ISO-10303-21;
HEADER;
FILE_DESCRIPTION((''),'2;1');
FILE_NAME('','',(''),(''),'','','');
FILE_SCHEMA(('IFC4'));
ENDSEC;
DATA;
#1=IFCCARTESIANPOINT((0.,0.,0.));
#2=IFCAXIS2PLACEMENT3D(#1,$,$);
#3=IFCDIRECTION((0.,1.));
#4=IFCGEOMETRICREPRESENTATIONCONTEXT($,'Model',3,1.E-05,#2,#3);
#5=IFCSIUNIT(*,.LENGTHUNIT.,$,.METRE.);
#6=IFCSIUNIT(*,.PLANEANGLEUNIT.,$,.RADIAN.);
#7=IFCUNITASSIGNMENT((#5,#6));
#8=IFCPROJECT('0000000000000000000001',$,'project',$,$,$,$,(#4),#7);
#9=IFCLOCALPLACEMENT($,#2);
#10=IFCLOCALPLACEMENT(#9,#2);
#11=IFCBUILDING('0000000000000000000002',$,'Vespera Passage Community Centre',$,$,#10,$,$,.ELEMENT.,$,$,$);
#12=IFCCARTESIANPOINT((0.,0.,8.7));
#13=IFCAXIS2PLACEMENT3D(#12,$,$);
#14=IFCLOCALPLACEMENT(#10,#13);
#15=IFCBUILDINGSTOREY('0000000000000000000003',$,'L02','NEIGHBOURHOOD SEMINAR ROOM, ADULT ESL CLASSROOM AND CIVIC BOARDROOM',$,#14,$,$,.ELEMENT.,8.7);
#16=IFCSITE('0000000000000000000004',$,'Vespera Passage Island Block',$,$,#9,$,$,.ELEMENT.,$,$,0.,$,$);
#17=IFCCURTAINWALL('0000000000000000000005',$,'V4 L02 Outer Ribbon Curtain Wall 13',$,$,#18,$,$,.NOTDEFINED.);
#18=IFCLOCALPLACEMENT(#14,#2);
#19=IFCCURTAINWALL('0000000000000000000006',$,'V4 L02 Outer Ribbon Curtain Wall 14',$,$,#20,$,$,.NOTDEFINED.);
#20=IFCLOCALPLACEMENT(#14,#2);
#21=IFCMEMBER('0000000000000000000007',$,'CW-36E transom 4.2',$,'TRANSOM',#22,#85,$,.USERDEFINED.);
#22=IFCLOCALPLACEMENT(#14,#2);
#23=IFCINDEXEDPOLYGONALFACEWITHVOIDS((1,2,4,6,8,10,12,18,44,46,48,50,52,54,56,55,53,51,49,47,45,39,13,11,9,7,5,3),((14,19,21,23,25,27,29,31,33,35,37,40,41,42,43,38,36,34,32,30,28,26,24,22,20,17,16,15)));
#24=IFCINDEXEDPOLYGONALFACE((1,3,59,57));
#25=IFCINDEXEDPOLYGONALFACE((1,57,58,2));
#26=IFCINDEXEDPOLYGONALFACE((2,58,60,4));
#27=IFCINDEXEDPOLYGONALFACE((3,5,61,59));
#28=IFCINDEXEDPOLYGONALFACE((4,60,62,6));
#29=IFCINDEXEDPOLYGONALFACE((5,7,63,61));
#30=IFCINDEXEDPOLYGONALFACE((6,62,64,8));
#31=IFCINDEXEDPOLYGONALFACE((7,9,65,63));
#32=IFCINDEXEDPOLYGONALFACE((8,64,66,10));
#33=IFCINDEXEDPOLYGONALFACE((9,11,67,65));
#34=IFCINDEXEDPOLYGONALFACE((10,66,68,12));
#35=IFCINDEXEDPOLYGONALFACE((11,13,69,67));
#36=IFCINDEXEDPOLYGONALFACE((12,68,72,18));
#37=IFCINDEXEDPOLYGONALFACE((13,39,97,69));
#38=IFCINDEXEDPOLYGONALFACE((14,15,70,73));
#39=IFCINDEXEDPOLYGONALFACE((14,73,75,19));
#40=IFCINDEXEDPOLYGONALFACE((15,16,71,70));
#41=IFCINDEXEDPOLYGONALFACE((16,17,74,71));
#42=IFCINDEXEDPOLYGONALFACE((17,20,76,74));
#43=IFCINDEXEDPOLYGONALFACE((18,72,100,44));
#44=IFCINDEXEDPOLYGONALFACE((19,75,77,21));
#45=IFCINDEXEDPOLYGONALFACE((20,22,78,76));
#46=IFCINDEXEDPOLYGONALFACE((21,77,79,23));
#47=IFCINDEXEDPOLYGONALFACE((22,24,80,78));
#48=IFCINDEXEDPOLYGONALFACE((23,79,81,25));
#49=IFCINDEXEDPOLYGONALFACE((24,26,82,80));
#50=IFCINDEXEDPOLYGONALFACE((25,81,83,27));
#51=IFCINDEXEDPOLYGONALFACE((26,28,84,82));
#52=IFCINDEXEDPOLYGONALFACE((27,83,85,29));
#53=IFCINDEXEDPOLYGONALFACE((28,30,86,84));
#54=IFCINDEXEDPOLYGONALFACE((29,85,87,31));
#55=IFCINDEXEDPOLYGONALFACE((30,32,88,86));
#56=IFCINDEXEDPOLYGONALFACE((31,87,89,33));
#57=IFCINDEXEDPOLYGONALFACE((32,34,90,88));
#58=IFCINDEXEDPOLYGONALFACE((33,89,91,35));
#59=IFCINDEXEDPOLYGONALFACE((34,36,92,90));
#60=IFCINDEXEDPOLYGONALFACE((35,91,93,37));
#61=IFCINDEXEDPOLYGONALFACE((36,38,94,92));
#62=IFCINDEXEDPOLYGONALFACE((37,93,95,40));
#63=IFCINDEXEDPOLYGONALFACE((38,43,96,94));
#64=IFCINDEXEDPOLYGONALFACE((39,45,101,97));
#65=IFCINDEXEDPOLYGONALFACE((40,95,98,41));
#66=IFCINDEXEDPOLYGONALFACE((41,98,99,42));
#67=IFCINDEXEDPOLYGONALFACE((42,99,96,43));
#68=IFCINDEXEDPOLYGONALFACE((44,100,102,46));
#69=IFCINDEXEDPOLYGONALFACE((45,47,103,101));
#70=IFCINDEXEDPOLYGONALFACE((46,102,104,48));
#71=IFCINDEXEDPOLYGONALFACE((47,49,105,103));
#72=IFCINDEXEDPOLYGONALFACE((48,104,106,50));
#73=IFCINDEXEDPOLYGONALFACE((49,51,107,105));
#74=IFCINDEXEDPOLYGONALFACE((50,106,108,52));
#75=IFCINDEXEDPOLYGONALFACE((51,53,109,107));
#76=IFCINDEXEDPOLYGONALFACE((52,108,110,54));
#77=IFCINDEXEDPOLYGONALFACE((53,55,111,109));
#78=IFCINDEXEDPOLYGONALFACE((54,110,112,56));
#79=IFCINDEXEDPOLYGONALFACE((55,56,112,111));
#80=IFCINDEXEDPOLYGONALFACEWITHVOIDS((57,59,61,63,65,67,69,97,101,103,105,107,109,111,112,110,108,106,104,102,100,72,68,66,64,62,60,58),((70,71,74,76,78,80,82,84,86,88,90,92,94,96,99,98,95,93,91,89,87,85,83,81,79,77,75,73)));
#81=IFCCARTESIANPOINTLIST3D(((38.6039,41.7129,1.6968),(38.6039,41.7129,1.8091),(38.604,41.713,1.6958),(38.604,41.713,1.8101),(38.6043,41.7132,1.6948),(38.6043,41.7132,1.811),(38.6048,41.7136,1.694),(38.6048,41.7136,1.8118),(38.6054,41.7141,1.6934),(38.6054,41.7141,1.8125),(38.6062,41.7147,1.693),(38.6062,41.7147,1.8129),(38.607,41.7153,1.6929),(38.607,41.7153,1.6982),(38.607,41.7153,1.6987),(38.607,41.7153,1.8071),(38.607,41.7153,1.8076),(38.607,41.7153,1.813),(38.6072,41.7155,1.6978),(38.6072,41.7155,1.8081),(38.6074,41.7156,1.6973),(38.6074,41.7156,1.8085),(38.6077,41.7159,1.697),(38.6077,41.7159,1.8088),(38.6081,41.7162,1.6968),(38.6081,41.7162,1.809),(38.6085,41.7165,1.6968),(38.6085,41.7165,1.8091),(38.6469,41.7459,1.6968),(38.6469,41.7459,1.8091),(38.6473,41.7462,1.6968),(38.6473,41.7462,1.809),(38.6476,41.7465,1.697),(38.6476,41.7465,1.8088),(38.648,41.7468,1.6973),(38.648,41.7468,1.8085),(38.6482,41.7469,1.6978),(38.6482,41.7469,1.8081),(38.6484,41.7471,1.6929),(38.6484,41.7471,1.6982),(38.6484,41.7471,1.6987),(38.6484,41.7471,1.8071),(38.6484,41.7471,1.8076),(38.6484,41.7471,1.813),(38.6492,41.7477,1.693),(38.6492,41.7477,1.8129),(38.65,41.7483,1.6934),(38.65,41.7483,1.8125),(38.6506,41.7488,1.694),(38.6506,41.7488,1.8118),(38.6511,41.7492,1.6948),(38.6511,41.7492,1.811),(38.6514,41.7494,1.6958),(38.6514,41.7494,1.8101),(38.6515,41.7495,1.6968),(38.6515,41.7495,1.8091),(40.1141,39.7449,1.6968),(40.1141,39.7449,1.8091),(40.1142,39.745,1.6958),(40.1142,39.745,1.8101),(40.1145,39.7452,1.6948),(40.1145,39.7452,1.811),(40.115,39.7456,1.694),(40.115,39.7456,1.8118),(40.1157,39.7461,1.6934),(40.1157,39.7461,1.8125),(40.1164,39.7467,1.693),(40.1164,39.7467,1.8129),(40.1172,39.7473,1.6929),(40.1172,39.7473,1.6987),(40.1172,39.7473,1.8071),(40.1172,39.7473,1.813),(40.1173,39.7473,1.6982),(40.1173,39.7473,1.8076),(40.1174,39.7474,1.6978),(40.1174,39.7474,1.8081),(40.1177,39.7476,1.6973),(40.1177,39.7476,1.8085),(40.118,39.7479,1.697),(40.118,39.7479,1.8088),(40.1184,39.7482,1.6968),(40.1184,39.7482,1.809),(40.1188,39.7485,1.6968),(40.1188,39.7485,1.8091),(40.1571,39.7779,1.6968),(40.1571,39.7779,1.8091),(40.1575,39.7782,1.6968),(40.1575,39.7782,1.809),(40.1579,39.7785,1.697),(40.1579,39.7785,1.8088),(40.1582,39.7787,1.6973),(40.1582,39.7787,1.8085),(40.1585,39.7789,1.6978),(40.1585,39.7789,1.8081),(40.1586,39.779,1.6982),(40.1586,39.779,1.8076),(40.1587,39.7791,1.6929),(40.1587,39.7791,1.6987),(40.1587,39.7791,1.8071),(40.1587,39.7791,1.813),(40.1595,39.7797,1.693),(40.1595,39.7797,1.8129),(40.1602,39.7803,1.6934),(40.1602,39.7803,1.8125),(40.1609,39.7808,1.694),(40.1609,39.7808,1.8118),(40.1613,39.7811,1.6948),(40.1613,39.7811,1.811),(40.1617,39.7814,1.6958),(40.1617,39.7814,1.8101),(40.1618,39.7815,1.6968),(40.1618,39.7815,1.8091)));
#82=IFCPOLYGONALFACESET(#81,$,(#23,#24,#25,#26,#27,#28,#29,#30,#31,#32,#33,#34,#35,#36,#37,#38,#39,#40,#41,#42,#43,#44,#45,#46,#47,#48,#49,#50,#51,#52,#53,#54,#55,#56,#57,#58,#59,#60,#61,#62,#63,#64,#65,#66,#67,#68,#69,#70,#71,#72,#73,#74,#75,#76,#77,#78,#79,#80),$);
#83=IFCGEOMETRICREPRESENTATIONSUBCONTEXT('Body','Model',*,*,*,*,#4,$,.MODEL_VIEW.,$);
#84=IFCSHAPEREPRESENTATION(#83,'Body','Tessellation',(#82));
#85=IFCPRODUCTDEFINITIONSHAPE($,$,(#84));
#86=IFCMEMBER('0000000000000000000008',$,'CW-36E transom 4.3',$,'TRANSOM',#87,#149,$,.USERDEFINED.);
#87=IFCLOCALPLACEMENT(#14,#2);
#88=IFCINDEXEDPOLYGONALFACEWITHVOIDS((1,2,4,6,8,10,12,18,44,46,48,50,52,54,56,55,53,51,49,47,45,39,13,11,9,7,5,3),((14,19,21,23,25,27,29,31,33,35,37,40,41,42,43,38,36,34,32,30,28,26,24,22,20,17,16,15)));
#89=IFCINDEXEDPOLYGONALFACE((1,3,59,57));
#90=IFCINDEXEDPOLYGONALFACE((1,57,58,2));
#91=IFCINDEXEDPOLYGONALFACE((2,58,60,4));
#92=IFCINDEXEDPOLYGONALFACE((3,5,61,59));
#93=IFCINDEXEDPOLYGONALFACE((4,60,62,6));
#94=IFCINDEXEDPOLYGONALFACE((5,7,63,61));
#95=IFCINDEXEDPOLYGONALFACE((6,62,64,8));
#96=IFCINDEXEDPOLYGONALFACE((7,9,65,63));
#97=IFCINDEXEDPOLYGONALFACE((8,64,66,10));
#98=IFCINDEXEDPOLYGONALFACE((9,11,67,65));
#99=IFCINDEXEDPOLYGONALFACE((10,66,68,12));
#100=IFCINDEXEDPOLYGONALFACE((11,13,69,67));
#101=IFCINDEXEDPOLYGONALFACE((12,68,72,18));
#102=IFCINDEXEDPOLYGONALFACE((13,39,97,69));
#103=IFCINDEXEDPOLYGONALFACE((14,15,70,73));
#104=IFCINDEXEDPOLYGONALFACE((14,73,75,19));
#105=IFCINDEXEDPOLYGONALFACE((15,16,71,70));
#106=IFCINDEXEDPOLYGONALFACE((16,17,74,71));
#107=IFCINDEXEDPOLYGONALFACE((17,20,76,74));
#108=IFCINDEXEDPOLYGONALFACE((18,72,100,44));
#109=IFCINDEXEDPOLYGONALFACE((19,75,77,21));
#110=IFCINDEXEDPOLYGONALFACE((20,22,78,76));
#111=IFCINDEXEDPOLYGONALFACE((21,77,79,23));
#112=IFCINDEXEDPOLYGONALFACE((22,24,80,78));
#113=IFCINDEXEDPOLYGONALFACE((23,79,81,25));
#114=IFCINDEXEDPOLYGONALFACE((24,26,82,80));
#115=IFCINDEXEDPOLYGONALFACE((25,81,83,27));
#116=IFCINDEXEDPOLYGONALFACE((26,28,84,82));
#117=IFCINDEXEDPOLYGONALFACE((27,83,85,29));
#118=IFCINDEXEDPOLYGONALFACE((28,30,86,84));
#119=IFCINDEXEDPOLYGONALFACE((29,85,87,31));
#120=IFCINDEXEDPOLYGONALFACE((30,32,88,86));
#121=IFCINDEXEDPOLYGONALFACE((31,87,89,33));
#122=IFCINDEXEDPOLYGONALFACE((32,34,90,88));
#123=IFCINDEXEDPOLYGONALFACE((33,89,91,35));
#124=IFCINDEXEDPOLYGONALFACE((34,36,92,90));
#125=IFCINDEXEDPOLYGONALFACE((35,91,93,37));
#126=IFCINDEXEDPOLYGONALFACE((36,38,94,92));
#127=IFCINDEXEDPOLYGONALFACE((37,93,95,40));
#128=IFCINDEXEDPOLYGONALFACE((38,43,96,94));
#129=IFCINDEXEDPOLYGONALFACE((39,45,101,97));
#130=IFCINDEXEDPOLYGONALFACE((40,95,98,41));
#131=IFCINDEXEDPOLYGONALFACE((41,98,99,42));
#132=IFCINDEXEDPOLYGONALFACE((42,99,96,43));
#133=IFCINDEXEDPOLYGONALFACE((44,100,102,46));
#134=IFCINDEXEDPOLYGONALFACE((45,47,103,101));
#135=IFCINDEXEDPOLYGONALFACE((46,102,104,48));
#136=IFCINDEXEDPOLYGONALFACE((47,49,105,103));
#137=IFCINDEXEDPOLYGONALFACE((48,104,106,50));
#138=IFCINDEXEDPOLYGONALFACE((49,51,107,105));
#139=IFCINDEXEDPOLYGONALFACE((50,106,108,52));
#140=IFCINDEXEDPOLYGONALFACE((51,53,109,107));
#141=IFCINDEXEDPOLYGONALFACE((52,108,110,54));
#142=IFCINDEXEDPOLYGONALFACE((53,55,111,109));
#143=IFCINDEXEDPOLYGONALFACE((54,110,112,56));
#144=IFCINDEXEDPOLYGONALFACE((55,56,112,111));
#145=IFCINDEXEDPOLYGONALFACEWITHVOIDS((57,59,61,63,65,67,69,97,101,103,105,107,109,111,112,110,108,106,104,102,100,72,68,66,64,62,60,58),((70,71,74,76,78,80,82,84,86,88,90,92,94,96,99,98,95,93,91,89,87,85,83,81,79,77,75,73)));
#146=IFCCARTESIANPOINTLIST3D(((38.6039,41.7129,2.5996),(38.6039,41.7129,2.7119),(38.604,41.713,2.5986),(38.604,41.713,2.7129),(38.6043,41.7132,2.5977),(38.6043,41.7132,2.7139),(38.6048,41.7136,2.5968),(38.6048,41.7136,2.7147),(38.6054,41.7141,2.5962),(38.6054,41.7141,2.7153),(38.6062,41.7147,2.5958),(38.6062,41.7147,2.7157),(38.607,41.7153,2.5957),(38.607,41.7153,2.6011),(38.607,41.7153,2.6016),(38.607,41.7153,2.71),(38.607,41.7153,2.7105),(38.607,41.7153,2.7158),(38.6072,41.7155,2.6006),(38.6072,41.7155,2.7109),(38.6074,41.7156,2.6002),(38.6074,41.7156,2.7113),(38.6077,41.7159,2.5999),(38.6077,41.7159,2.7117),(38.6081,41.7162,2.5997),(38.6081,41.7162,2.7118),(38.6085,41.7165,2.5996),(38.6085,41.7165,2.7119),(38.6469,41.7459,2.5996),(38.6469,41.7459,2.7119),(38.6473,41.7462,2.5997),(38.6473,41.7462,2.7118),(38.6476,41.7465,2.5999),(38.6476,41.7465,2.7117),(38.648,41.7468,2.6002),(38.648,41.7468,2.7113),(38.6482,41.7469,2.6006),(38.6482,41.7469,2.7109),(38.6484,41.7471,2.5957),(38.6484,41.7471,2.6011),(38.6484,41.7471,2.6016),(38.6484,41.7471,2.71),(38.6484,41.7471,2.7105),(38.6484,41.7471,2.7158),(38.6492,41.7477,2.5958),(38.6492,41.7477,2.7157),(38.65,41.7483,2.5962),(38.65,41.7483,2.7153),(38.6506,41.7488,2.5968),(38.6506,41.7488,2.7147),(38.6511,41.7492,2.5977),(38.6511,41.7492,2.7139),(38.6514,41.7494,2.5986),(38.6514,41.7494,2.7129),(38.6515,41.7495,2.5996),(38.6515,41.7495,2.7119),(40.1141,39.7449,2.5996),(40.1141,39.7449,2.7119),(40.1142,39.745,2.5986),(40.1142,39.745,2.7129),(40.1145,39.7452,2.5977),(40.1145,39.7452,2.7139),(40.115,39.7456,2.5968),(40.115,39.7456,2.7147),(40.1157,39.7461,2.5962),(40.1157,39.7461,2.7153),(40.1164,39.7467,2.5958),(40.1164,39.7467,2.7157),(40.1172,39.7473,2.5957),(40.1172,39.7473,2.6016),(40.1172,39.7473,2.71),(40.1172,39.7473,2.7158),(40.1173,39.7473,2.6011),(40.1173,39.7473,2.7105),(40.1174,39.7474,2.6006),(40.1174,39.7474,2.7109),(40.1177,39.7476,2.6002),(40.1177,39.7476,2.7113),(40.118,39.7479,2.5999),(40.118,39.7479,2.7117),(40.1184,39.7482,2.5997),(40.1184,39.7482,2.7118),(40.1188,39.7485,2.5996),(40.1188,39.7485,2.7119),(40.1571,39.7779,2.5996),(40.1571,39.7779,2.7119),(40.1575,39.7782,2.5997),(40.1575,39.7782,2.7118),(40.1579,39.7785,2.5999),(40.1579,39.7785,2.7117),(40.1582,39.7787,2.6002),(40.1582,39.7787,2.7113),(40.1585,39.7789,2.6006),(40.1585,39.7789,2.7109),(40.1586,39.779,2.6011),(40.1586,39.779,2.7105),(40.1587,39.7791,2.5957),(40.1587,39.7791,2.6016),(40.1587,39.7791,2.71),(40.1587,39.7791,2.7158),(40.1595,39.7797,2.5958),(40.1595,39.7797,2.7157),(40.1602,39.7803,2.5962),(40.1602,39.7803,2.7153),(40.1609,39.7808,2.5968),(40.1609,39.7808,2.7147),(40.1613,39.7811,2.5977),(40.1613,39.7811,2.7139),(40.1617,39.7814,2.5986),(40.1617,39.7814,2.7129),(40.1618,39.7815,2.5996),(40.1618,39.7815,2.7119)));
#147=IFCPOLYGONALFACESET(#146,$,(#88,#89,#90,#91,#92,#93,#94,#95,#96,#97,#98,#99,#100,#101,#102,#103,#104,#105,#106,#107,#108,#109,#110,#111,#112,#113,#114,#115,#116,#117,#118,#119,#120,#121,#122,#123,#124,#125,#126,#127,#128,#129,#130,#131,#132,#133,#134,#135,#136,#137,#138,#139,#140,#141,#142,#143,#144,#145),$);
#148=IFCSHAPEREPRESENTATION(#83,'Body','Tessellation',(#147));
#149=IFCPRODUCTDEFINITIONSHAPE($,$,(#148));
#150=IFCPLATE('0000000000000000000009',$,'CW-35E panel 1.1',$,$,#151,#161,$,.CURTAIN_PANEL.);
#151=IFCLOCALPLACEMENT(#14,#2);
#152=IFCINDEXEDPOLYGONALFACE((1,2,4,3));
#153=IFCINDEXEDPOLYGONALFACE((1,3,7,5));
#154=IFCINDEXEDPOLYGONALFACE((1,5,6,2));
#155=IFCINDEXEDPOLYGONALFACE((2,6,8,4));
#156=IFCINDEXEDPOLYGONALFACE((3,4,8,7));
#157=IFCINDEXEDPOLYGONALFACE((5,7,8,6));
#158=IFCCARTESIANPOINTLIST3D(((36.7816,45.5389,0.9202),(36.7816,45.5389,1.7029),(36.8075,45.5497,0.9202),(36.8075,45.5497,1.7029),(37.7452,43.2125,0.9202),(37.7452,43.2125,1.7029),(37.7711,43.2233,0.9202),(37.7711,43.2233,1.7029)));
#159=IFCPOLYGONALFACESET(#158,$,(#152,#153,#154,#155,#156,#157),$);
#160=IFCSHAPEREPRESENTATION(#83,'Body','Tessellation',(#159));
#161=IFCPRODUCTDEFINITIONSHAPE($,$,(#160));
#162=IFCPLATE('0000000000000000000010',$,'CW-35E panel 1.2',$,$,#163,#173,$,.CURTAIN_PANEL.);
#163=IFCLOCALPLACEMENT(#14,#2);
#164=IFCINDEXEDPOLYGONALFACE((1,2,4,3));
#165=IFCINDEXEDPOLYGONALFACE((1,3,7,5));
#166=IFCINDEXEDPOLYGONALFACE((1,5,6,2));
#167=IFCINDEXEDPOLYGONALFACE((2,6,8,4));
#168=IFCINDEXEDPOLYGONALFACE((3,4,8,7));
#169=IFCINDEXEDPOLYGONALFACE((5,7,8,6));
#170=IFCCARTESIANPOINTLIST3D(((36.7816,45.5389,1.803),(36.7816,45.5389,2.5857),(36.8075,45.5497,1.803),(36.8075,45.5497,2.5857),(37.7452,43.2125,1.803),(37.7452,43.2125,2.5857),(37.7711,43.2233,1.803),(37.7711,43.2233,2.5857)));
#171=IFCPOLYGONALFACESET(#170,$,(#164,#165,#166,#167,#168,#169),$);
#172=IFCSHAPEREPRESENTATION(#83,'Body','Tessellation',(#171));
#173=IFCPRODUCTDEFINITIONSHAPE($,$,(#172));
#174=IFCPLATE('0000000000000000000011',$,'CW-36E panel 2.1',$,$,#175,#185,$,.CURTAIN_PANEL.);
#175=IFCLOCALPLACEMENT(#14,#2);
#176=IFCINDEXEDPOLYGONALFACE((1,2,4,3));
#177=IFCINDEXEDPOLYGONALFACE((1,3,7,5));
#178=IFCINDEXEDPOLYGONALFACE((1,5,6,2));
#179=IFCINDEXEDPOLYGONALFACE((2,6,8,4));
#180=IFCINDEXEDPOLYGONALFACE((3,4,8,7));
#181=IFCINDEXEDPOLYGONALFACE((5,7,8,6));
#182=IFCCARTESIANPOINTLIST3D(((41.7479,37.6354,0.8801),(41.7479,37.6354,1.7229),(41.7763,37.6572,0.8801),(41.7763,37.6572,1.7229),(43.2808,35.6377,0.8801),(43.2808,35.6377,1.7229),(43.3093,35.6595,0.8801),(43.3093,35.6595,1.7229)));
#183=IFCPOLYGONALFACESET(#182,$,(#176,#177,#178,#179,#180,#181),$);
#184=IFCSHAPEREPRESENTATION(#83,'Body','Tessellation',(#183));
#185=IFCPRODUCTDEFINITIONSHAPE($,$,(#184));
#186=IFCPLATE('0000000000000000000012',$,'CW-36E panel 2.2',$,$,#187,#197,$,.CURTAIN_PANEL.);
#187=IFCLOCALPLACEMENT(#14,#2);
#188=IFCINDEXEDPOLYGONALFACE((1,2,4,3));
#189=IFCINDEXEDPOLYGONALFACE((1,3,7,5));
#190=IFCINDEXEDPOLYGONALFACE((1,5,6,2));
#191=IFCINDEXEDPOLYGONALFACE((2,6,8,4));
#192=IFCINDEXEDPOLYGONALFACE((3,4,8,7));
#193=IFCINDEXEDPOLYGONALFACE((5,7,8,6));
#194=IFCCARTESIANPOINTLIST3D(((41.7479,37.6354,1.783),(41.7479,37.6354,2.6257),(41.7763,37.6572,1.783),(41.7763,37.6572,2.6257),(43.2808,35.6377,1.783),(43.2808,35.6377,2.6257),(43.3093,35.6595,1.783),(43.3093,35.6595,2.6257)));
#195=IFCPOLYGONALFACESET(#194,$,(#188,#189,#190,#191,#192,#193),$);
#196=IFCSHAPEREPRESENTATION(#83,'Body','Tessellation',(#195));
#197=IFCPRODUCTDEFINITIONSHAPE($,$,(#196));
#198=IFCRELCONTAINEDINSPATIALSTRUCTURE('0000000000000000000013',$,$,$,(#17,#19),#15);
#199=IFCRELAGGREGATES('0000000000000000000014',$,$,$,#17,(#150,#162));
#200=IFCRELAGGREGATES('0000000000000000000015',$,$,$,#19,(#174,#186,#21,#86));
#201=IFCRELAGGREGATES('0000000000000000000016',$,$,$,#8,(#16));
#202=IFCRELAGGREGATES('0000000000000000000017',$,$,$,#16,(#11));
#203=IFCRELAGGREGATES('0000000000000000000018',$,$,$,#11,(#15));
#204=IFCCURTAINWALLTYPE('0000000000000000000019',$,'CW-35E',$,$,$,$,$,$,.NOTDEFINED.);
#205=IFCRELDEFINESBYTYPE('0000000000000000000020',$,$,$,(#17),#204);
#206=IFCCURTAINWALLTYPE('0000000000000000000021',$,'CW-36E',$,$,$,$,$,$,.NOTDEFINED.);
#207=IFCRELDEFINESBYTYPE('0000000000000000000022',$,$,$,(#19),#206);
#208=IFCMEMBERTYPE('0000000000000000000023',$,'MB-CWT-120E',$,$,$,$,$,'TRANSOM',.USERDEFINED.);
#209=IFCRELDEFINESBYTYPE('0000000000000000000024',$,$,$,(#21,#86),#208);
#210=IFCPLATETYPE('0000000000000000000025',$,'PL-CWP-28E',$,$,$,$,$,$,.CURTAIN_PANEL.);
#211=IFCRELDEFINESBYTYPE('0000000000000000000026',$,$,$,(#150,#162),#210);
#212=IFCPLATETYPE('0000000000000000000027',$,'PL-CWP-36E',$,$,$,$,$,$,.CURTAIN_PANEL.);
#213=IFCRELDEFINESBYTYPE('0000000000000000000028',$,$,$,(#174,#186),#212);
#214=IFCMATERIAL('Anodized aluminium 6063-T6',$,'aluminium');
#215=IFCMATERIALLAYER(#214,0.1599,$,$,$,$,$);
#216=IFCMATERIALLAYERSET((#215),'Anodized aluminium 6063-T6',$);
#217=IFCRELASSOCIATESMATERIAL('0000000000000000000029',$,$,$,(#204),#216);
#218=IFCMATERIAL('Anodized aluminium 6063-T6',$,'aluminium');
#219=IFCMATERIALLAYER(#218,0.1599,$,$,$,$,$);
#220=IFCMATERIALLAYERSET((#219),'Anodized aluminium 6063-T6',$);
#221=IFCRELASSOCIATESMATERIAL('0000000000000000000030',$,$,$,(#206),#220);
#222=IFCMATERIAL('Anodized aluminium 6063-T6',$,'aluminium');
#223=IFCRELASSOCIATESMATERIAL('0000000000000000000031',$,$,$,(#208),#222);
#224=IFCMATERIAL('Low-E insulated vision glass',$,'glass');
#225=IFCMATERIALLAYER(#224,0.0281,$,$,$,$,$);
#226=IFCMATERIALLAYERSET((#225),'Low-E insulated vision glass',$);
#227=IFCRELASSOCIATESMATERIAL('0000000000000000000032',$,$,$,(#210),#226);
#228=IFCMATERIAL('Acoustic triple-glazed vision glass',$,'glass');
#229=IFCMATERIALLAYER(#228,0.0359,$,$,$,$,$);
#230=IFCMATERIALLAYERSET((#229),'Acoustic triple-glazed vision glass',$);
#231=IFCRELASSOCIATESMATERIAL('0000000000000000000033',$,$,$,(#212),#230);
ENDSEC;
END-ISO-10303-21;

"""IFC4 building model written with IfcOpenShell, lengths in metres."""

from ifc_helpers import new_model, si_unit, direction, frame, origin, origin_2d, place, context, subcontext, project, spatial, rectangle, hollow_rectangle, extrude, material, layer, layer_set, material_profile, profile_set, type_object, element, aggregate, save


model = new_model("IFC4")

# Units and contexts
model_context = context("Model", 3, precision=1e-05, world=origin(), true_north=direction((0.0, 1.0)))
body_context = subcontext(model_context, "Body", "Model", "MODEL_VIEW")
ifc_project = project(units=[si_unit("LENGTHUNIT", "METRE"), si_unit("PLANEANGLEUNIT", "RADIAN")], contexts=[model_context])

# Site, building, storey
site_placement = place(None, origin())
site = spatial("IfcSite", under=ifc_project, at=site_placement, Name="Vespera Passage Island Block", CompositionType="ELEMENT", RefElevation=0.0)
building_placement = place(site_placement, origin())
building = spatial("IfcBuilding", under=site, at=building_placement, Name="Vespera Passage Community Centre", CompositionType="ELEMENT")
storey_placement = place(building_placement, frame((0.0, 0.0, 8.7)))
storey = spatial("IfcBuildingStorey", under=building, at=storey_placement, Name="L02", Description="NEIGHBOURHOOD SEMINAR ROOM, ADULT ESL CLASSROOM AND CIVIC BOARDROOM", CompositionType="ELEMENT", Elevation=8.7)

# Curtain walls
ifc_material_1 = material(Name="Anodized aluminium 6063-T6", Category="aluminium")
ifc_layer_1 = layer(ifc_material_1, 0.1599)
ifc_layer_set_1 = layer_set([ifc_layer_1], Name="Anodized aluminium 6063-T6")
curtain_wall_type_1 = type_object("IfcCurtainWallType", Name="CW-35E", PredefinedType="NOTDEFINED", material=ifc_layer_set_1)
curtain_wall_1_placement = place(storey_placement, origin())
curtain_wall_1 = element("IfcCurtainWall", 1, at=curtain_wall_1_placement, inside=storey, type_object=curtain_wall_type_1, Name="V4 L02 Outer Ribbon Curtain Wall 13", PredefinedType="NOTDEFINED")
ifc_material_2 = material(Name="Anodized aluminium 6063-T6", Category="aluminium")
ifc_layer_2 = layer(ifc_material_2, 0.1599)
ifc_layer_set_2 = layer_set([ifc_layer_2], Name="Anodized aluminium 6063-T6")
curtain_wall_type_2 = type_object("IfcCurtainWallType", Name="CW-36E", PredefinedType="NOTDEFINED", material=ifc_layer_set_2)
curtain_wall_2_placement = place(storey_placement, origin())
curtain_wall_2 = element("IfcCurtainWall", 2, at=curtain_wall_2_placement, inside=storey, type_object=curtain_wall_type_2, Name="V4 L02 Outer Ribbon Curtain Wall 14", PredefinedType="NOTDEFINED")

# Members
ifc_material_3 = material(Name="Anodized aluminium 6063-T6", Category="aluminium")
ifc_material_profile_1 = material_profile(ifc_material_3, hollow_rectangle(XDim=0.0601, YDim=0.1201, WallThickness=0.0039, InnerFilletRadius=0.002, OuterFilletRadius=0.0039, at=origin_2d()), Name="ALU120X60X4")
ifc_profile_set_1 = profile_set([ifc_material_profile_1], Name="Anodized aluminium 6063-T6")
member_type_1 = type_object("IfcMemberType", Name="MB-CWT-120E", ElementType="TRANSOM", PredefinedType="USERDEFINED", material=ifc_profile_set_1)
member_1_placement = place(storey_placement, frame((40.1379, 39.7632, 1.7529), z_axis=(-0.608797, 0.793326, 0.0), x_axis=(-0.793326, -0.608797, 0.0)))
member_1 = element("IfcMember", 3, at=member_1_placement, type_object=member_type_1, Name="CW-36E transom 4.2", ObjectType="TRANSOM", PredefinedType="USERDEFINED", context=body_context, shape_type="SweptSolid", body=[
    extrude(hollow_rectangle(XDim=0.0601, YDim=0.1201, WallThickness=0.0039, InnerFilletRadius=0.002, OuterFilletRadius=0.0039, at=origin_2d()), origin(), (0.0, 0.0, 1.0), 2.4807),
])
member_2_placement = place(storey_placement, frame((40.1379, 39.7632, 2.6558), z_axis=(-0.608797, 0.793326, 0.0), x_axis=(-0.793326, -0.608797, 0.0)))
member_2 = element("IfcMember", 4, at=member_2_placement, type_object=member_type_1, Name="CW-36E transom 4.3", ObjectType="TRANSOM", PredefinedType="USERDEFINED", context=body_context, shape_type="SweptSolid", body=[
    extrude(hollow_rectangle(XDim=0.0601, YDim=0.1201, WallThickness=0.0039, InnerFilletRadius=0.002, OuterFilletRadius=0.0039, at=origin_2d()), origin(), (0.0, 0.0, 1.0), 2.4807),
])

# Plates
ifc_material_4 = material(Name="Low-E insulated vision glass", Category="glass")
ifc_layer_3 = layer(ifc_material_4, 0.0281)
ifc_layer_set_3 = layer_set([ifc_layer_3], Name="Low-E insulated vision glass")
plate_type_1 = type_object("IfcPlateType", Name="PL-CWP-28E", PredefinedType="CURTAIN_PANEL", material=ifc_layer_set_3)
plate_1_placement = place(storey_placement, frame((37.2764, 44.3811, 0.9202), z_axis=(0.0, 0.0, 1.0), x_axis=(-0.382679, 0.923881, 0.0)))
plate_1 = element("IfcPlate", 5, at=plate_1_placement, type_object=plate_type_1, Name="CW-35E panel 1.1", PredefinedType="CURTAIN_PANEL", context=body_context, shape_type="SweptSolid", body=[
    extrude(rectangle(XDim=2.5181, YDim=0.0281, at=origin_2d()), origin(), (0.0, 0.0, 1.0), 0.7827),
])
plate_2_placement = place(storey_placement, frame((37.2764, 44.3811, 1.803), z_axis=(0.0, 0.0, 1.0), x_axis=(-0.382679, 0.923881, 0.0)))
plate_2 = element("IfcPlate", 6, at=plate_2_placement, type_object=plate_type_1, Name="CW-35E panel 1.2", PredefinedType="CURTAIN_PANEL", context=body_context, shape_type="SweptSolid", body=[
    extrude(rectangle(XDim=2.5181, YDim=0.0281, at=origin_2d()), origin(), (0.0, 0.0, 1.0), 0.7827),
])
aggregate(curtain_wall_1, [plate_1, plate_2])
ifc_material_5 = material(Name="Acoustic triple-glazed vision glass", Category="glass")
ifc_layer_4 = layer(ifc_material_5, 0.0359)
ifc_layer_set_4 = layer_set([ifc_layer_4], Name="Acoustic triple-glazed vision glass")
plate_type_2 = type_object("IfcPlateType", Name="PL-CWP-36E", PredefinedType="CURTAIN_PANEL", material=ifc_layer_set_4)
plate_3_placement = place(storey_placement, frame((42.5286, 36.6475, 0.8801), z_axis=(0.0, 0.0, 1.0), x_axis=(-0.608765, 0.79335, 0.0)))
plate_3 = element("IfcPlate", 7, at=plate_3_placement, type_object=plate_type_2, Name="CW-36E panel 2.1", PredefinedType="CURTAIN_PANEL", context=body_context, shape_type="SweptSolid", body=[
    extrude(rectangle(XDim=2.5181, YDim=0.0359, at=origin_2d()), origin(), (0.0, 0.0, 1.0), 0.8428),
])
plate_4_placement = place(storey_placement, frame((42.5286, 36.6475, 1.783), z_axis=(0.0, 0.0, 1.0), x_axis=(-0.608765, 0.79335, 0.0)))
plate_4 = element("IfcPlate", 8, at=plate_4_placement, type_object=plate_type_2, Name="CW-36E panel 2.2", PredefinedType="CURTAIN_PANEL", context=body_context, shape_type="SweptSolid", body=[
    extrude(rectangle(XDim=2.5181, YDim=0.0359, at=origin_2d()), origin(), (0.0, 0.0, 1.0), 0.8428),
])
aggregate(curtain_wall_2, [plate_3, plate_4, member_1, member_2])

save(model, "model.ifc")
